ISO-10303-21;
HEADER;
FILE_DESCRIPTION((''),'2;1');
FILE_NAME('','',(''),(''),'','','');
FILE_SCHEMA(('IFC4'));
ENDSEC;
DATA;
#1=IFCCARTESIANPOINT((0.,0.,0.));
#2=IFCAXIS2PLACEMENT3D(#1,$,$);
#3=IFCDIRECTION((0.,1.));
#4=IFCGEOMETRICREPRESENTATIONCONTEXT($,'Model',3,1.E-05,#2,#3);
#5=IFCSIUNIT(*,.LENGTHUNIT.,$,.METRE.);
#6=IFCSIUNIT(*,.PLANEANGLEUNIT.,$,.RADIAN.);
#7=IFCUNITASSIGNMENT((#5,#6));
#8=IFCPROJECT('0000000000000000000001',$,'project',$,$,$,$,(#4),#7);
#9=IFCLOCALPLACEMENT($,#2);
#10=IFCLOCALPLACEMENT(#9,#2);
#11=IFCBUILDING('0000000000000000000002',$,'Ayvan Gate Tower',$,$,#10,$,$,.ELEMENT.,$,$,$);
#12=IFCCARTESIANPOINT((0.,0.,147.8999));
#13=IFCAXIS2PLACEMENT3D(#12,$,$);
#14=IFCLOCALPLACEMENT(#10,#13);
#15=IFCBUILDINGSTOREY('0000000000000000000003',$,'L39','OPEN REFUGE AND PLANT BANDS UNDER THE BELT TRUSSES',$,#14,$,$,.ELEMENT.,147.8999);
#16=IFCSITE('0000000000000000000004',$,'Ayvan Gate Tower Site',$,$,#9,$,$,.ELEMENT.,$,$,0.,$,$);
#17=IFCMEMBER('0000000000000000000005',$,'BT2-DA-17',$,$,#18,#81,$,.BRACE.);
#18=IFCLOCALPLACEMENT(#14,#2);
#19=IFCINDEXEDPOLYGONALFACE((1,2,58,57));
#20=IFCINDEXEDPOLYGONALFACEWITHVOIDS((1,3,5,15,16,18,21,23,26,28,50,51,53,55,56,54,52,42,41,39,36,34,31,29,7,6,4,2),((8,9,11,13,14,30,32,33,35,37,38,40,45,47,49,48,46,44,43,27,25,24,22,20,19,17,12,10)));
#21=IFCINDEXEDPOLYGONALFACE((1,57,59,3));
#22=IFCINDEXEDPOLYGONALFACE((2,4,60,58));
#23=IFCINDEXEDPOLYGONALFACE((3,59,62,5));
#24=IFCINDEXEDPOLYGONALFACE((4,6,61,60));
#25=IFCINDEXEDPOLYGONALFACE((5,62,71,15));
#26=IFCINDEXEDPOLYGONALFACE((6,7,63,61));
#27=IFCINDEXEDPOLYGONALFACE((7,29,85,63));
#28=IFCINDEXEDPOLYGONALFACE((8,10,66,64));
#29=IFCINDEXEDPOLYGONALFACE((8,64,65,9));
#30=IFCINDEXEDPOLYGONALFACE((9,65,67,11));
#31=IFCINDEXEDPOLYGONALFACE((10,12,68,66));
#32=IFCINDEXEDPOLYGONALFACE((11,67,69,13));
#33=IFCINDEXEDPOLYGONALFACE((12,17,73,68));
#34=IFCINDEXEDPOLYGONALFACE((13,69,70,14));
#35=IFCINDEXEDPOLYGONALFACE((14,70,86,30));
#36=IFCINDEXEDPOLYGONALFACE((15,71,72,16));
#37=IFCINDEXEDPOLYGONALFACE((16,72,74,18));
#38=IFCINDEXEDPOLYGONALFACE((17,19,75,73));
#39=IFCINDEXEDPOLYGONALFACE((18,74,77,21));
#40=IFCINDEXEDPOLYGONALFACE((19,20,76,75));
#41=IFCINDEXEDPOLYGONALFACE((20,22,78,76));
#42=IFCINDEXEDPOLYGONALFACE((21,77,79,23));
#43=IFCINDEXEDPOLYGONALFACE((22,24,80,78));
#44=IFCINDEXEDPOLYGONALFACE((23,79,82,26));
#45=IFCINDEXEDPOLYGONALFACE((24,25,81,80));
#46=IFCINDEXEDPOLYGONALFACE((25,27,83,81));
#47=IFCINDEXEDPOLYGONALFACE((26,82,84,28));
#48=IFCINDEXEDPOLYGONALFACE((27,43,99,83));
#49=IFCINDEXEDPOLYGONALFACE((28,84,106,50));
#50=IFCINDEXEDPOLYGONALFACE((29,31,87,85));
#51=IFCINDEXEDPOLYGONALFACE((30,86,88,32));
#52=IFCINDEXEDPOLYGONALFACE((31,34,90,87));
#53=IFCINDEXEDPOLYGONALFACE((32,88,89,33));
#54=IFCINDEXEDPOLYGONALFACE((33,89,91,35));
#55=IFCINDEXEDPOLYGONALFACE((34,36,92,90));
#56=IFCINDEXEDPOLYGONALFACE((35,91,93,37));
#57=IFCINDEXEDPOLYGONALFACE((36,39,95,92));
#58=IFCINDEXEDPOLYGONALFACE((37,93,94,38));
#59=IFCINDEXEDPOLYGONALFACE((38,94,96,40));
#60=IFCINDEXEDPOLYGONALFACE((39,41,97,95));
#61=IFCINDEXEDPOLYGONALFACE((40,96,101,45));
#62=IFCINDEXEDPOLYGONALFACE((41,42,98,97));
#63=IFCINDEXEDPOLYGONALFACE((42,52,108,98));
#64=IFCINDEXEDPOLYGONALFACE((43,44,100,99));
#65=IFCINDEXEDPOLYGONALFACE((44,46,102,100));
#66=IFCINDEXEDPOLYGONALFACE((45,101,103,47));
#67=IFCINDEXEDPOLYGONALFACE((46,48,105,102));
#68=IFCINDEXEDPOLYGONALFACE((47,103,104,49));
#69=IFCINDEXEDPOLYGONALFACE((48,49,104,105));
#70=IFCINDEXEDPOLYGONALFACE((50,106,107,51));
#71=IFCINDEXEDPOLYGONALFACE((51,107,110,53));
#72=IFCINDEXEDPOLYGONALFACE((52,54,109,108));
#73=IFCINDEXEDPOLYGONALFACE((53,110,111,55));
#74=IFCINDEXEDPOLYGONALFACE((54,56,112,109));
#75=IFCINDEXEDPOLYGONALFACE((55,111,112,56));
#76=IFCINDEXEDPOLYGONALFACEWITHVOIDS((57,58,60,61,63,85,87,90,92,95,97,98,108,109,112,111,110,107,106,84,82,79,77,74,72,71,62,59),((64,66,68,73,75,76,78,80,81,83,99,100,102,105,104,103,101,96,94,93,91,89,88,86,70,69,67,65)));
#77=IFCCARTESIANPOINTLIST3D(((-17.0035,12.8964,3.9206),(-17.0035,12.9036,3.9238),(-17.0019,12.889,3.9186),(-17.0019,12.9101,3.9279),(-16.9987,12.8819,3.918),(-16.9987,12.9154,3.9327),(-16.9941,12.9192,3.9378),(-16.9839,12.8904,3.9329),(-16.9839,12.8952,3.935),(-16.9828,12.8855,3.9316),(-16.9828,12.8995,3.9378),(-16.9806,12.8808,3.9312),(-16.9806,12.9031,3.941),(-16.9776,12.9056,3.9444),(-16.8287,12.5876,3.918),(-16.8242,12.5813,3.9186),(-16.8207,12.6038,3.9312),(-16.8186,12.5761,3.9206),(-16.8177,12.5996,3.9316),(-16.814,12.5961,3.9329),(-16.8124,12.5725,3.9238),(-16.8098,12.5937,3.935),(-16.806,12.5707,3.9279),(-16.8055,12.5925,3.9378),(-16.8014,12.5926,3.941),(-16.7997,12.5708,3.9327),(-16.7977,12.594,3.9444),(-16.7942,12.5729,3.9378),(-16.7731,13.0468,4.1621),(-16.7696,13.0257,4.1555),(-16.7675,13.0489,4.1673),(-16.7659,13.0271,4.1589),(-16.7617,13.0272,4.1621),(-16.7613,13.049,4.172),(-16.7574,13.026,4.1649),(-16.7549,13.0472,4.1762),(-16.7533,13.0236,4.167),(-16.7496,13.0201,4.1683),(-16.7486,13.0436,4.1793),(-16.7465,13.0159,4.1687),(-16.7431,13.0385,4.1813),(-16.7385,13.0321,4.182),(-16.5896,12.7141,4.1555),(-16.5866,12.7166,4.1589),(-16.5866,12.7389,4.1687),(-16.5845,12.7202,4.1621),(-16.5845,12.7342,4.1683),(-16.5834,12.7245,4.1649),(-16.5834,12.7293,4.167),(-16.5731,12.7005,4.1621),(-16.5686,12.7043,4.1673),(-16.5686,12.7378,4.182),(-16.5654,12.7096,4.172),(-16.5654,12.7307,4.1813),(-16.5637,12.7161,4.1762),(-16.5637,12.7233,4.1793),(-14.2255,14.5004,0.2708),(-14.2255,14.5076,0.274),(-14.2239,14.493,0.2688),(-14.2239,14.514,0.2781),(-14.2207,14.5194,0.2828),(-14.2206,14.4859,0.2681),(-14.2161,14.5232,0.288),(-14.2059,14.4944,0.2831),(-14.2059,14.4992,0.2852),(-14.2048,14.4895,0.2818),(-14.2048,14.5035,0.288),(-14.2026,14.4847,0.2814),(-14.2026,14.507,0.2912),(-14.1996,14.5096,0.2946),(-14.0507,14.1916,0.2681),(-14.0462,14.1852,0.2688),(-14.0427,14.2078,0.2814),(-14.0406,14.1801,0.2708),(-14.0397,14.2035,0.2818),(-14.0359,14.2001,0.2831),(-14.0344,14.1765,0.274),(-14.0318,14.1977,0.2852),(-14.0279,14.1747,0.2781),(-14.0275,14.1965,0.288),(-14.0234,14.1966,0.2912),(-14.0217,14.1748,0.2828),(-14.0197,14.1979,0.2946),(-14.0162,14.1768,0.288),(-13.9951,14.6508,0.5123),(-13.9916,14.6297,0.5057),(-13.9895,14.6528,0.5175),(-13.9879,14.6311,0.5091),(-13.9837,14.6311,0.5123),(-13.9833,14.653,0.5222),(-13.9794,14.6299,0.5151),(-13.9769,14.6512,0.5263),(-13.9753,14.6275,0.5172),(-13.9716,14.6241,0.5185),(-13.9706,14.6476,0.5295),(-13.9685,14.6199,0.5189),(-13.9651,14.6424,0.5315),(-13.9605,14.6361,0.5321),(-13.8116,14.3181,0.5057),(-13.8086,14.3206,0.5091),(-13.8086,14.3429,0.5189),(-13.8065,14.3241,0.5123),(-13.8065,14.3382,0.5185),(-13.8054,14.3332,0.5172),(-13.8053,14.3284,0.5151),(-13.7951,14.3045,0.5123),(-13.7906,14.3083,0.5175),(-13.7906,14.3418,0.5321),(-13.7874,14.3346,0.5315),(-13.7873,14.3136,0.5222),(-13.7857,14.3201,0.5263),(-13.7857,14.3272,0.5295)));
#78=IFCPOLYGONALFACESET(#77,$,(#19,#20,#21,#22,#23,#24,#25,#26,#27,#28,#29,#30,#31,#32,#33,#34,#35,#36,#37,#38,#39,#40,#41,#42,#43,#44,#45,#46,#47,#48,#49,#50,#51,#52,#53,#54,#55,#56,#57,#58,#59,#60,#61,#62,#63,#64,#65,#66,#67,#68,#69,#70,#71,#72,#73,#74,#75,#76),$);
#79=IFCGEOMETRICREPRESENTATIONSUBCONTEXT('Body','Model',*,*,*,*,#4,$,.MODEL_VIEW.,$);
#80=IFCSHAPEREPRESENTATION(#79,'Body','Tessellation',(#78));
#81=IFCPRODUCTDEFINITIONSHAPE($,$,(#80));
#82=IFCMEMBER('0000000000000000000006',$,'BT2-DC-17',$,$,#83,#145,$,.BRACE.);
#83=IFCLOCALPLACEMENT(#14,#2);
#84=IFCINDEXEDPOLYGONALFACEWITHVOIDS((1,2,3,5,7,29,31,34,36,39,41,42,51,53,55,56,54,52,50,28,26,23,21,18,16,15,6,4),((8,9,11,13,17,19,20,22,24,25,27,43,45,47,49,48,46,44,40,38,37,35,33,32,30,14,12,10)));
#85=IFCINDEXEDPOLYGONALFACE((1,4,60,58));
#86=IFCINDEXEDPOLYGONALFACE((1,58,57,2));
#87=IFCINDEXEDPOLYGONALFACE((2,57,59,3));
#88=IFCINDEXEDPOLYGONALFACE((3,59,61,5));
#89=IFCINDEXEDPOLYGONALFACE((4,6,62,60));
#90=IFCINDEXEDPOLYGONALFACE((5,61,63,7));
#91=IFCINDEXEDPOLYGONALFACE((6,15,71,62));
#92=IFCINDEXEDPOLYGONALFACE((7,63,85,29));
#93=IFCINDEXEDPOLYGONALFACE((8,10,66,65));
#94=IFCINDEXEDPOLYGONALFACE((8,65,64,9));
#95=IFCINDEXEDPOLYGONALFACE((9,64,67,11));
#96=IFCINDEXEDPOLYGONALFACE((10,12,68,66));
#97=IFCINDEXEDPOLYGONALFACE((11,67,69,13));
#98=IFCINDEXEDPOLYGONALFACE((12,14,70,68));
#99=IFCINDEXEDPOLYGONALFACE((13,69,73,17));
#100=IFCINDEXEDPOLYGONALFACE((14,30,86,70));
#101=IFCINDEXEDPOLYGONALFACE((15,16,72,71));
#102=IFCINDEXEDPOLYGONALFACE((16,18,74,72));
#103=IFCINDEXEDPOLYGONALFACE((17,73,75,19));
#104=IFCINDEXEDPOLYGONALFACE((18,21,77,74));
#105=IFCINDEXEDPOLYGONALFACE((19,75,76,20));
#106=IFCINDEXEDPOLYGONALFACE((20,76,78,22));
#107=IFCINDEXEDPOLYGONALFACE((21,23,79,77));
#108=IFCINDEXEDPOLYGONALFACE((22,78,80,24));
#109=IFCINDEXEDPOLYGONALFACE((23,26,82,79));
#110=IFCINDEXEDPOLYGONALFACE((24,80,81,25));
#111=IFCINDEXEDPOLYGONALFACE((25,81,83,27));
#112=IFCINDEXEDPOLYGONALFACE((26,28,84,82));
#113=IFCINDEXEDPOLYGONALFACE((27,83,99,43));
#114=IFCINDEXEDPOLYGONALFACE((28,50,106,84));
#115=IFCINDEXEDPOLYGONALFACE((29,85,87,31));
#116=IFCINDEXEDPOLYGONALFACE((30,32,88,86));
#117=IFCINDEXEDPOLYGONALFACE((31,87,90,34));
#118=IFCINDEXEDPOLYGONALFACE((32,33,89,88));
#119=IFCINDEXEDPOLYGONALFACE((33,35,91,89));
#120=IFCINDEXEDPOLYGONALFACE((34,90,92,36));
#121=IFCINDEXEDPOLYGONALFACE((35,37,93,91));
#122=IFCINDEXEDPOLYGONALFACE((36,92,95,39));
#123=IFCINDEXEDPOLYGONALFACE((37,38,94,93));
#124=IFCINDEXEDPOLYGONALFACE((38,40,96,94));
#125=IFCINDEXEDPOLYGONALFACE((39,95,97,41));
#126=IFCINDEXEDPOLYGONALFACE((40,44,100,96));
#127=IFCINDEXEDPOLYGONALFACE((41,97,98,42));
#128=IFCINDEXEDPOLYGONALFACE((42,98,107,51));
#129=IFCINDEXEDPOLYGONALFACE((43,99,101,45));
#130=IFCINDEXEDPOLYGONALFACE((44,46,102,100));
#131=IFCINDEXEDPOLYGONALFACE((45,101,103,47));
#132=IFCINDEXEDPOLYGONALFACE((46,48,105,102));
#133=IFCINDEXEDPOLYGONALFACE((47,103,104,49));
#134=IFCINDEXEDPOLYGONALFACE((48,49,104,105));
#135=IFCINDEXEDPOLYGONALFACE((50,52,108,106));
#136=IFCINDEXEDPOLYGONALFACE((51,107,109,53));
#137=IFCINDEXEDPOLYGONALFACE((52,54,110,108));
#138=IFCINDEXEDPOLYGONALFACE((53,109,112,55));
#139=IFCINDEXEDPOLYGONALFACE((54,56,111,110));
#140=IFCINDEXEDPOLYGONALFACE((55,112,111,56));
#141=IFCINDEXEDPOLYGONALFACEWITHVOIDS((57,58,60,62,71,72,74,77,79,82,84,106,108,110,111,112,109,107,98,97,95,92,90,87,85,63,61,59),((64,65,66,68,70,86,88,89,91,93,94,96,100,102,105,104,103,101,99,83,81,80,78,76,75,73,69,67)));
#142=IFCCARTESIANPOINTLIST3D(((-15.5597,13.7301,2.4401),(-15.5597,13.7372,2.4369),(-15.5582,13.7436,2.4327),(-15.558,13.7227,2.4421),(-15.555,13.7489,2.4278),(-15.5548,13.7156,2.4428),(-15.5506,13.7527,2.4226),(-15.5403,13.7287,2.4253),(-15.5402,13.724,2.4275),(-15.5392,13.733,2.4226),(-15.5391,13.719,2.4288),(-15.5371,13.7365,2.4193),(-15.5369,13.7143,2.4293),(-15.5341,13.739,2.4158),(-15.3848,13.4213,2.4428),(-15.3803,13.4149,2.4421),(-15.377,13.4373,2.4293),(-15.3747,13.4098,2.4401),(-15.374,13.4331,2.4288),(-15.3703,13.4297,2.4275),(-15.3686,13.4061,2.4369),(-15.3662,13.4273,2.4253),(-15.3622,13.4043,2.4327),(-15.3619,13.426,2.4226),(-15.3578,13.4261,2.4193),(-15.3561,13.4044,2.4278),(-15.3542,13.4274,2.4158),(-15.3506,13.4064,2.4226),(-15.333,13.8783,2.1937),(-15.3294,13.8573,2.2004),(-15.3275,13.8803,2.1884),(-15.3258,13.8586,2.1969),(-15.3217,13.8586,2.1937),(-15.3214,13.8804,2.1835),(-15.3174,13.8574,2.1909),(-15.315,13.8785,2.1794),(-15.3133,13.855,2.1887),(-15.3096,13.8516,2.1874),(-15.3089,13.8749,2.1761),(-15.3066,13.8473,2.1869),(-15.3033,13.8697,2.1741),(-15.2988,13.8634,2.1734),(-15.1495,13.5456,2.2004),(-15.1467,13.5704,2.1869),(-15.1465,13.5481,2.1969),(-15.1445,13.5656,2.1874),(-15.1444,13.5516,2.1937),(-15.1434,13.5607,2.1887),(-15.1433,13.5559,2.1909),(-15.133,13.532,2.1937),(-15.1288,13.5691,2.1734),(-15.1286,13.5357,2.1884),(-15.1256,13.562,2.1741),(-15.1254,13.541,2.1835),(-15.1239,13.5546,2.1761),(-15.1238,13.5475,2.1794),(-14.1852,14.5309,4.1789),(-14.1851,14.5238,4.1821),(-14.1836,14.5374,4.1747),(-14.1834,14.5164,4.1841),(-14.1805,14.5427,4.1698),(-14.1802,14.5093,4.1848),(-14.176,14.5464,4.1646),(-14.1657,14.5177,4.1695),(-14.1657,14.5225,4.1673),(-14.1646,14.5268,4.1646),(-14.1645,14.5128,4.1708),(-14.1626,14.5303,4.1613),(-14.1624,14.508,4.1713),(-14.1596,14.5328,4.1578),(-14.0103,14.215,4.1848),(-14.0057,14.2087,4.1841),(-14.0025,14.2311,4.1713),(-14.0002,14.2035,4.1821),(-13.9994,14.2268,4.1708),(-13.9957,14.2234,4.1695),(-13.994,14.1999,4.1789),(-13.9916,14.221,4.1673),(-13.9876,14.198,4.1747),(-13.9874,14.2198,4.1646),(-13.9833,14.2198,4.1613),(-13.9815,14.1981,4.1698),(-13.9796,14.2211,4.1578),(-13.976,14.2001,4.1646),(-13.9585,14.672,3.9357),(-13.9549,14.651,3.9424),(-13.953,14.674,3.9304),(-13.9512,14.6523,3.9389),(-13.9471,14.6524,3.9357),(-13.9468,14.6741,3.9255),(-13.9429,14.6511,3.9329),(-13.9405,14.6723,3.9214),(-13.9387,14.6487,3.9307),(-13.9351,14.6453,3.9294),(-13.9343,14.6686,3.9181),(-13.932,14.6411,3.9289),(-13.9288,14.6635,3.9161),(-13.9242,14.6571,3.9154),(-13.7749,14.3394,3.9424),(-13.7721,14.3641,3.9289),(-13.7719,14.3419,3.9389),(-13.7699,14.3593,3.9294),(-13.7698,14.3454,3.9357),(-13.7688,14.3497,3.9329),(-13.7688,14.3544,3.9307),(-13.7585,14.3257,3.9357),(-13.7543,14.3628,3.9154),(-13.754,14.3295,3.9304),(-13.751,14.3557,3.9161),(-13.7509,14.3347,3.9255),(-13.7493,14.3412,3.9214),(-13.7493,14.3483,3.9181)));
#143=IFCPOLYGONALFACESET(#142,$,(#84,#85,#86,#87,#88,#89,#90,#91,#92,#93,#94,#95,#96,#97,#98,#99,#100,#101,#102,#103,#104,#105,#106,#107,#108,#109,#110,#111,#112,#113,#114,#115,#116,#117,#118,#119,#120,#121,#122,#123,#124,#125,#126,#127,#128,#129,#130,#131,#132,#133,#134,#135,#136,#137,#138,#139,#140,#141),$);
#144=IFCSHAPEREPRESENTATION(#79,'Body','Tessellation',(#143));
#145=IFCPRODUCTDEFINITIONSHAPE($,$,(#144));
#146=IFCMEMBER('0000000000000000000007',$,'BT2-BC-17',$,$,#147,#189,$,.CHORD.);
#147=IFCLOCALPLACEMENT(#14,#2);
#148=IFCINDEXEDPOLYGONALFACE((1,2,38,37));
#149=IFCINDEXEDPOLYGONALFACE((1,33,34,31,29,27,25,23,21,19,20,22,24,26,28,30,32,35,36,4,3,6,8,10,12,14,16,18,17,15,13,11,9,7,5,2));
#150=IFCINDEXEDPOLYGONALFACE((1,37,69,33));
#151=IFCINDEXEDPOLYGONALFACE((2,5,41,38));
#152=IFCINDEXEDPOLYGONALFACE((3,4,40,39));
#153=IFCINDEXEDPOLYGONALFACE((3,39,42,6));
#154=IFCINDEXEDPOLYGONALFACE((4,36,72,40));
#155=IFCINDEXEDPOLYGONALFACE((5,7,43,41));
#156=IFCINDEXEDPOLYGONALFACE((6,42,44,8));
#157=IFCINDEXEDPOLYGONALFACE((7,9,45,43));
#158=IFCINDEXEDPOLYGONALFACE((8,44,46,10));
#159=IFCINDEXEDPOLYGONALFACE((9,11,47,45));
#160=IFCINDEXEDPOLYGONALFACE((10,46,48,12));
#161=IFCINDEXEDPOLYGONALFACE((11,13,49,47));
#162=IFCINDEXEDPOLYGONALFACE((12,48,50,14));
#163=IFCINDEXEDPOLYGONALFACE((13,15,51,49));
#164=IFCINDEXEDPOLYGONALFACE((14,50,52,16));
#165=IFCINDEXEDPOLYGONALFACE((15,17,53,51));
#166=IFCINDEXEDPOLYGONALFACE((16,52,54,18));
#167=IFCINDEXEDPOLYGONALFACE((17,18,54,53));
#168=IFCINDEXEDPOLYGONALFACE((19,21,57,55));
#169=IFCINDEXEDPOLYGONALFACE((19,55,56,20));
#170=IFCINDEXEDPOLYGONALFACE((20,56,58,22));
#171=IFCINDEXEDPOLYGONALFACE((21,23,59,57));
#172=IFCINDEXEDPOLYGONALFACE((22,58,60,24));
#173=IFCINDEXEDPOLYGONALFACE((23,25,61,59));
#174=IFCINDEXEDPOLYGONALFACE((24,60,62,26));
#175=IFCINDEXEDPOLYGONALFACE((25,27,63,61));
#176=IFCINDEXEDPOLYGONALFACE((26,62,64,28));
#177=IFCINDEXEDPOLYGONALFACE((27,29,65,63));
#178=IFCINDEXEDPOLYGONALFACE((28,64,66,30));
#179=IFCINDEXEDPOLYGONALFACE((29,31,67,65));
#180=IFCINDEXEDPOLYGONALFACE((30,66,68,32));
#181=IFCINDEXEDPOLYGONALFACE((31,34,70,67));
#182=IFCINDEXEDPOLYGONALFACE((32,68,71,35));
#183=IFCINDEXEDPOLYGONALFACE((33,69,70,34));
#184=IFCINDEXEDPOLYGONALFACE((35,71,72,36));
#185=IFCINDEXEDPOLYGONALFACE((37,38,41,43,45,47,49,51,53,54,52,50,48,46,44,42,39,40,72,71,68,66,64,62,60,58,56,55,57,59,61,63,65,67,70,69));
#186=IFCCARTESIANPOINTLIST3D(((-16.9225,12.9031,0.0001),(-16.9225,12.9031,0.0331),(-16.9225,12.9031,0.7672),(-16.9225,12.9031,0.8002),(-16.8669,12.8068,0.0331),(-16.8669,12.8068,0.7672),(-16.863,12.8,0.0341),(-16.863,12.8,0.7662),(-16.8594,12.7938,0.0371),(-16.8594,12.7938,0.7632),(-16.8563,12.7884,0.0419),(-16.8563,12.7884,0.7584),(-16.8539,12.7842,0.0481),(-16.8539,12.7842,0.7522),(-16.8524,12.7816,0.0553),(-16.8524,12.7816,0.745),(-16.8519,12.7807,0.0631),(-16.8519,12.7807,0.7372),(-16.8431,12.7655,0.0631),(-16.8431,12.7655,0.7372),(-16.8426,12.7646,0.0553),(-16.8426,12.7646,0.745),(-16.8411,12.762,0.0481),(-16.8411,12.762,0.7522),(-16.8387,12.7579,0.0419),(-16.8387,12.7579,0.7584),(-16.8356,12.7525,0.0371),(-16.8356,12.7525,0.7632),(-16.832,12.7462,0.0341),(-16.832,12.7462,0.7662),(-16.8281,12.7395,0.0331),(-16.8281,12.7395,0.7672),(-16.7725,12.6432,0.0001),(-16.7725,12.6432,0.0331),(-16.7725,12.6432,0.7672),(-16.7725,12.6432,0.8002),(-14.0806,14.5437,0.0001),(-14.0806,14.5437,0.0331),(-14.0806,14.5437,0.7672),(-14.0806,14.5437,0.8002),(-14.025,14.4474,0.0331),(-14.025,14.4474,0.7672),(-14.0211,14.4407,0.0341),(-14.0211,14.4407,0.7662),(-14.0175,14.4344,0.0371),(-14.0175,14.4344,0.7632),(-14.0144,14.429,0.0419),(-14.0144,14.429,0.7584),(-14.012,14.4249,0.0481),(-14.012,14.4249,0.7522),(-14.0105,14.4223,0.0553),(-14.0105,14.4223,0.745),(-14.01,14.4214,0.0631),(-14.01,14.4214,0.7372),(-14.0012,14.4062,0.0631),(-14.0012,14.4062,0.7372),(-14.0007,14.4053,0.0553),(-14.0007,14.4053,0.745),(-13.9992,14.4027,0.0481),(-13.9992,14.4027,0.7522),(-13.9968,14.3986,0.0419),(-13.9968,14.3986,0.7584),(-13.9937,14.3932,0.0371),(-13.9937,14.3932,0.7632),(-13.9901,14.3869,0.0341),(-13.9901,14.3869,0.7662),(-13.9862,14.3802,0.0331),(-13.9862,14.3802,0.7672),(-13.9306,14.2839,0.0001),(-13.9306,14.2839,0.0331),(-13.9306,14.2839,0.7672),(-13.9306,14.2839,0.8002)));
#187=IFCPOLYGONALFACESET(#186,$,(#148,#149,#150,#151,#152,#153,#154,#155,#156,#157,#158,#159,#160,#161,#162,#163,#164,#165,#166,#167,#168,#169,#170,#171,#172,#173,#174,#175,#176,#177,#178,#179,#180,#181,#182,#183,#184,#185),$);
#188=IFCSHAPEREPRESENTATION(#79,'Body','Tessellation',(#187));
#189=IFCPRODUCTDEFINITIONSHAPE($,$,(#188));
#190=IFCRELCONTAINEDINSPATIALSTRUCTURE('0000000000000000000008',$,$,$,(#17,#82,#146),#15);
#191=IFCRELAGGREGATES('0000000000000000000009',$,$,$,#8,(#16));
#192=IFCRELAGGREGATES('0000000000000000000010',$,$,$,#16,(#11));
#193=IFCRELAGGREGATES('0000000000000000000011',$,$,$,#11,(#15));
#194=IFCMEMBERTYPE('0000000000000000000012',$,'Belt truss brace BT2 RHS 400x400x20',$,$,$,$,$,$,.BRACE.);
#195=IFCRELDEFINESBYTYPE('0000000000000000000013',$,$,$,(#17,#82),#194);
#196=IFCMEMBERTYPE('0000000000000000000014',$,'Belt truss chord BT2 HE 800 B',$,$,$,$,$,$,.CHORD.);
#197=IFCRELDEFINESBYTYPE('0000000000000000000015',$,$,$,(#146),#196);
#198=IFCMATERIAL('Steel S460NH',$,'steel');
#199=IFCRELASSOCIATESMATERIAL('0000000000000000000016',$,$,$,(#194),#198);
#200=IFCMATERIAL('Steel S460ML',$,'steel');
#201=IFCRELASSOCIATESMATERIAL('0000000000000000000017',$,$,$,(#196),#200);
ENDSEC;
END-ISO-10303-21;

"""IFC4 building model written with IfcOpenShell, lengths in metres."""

from ifc_helpers import new_model, si_unit, direction, frame, origin, origin_2d, place, context, subcontext, project, spatial, hollow_rectangle, i_section, extrude, material, material_profile, profile_set, type_object, element, save


model = new_model("IFC4")

# Units and contexts
model_context = context("Model", 3, precision=1e-05, world=origin(), true_north=direction((0.0, 1.0)))
body_context = subcontext(model_context, "Body", "Model", "MODEL_VIEW")
ifc_project = project(units=[si_unit("LENGTHUNIT", "METRE"), si_unit("PLANEANGLEUNIT", "RADIAN")], contexts=[model_context])

# Site, building, storey
site_placement = place(None, origin())
site = spatial("IfcSite", under=ifc_project, at=site_placement, Name="Ayvan Gate Tower Site", CompositionType="ELEMENT", RefElevation=0.0)
building_placement = place(site_placement, origin())
building = spatial("IfcBuilding", under=site, at=building_placement, Name="Ayvan Gate Tower", CompositionType="ELEMENT")
storey_placement = place(building_placement, frame((0.0, 0.0, 147.8999)))
storey = spatial("IfcBuildingStorey", under=building, at=storey_placement, Name="L39", Description="OPEN REFUGE AND PLANT BANDS UNDER THE BELT TRUSSES", CompositionType="ELEMENT", Elevation=147.8999)

# Members
ifc_material_1 = material(Name="Steel S460NH", Category="steel")
ifc_material_profile_1 = material_profile(ifc_material_1, hollow_rectangle(XDim=0.3999, YDim=0.3999, WallThickness=0.02, InnerFilletRadius=0.02, OuterFilletRadius=0.03, at=origin_2d()), Name="RHS 400x400x20")
ifc_profile_set_1 = profile_set([ifc_material_profile_1], Name="Steel S460NH")
member_type_1 = type_object("IfcMemberType", Name="Belt truss brace BT2 RHS 400x400x20", PredefinedType="BRACE", material=ifc_profile_set_1)
member_1_placement = place(storey_placement, frame((-14.0056, 14.4138, 0.4001), z_axis=(-0.571709, -0.330093, 0.751124), x_axis=(0.500019, -0.866014, 0.0)))
element("IfcMember", 1, at=member_1_placement, inside=storey, type_object=member_type_1, Name="BT2-DA-17", PredefinedType="BRACE", context=body_context, shape_type="SweptSolid", body=[
    extrude(hollow_rectangle(XDim=0.3999, YDim=0.3999, WallThickness=0.02, InnerFilletRadius=0.02, OuterFilletRadius=0.03, at=origin_2d()), origin(), (0.0, 0.0, 1.0), 4.8591),
])
member_2_placement = place(storey_placement, frame((-15.3418, 13.6423, 2.3081), z_axis=(0.583258, 0.336798, 0.739173), x_axis=(-0.50006, 0.865991, 0.0)))
element("IfcMember", 2, at=member_2_placement, inside=storey, type_object=member_type_1, Name="BT2-DC-17", PredefinedType="BRACE", context=body_context, shape_type="SweptSolid", body=[
    extrude(hollow_rectangle(XDim=0.3999, YDim=0.3999, WallThickness=0.02, InnerFilletRadius=0.02, OuterFilletRadius=0.03, at=origin_2d()), origin(), (0.0, 0.0, 1.0), 2.3567),
])
ifc_material_2 = material(Name="Steel S460ML", Category="steel")
ifc_material_profile_2 = material_profile(ifc_material_2, i_section(OverallWidth=0.3, OverallDepth=0.8, WebThickness=0.0176, FlangeThickness=0.033, FilletRadius=0.03, at=origin_2d()), Name="HE 800 B")
ifc_profile_set_2 = profile_set([ifc_material_profile_2], Name="Steel S460ML")
member_type_2 = type_object("IfcMemberType", Name="Belt truss chord BT2 HE 800 B", PredefinedType="CHORD", material=ifc_profile_set_2)
member_3_placement = place(storey_placement, frame((-14.0056, 14.4138, 0.4001), z_axis=(-0.866037, -0.49998, 0.0), x_axis=(0.49998, -0.866037, 0.0)))
element("IfcMember", 3, at=member_3_placement, inside=storey, type_object=member_type_2, Name="BT2-BC-17", PredefinedType="CHORD", context=body_context, shape_type="SweptSolid", body=[
    extrude(i_section(OverallWidth=0.3, OverallDepth=0.8, WebThickness=0.0176, FlangeThickness=0.033, FilletRadius=0.03, at=origin_2d()), origin(), (0.0, 0.0, 1.0), 3.2815),
])

save(model, "model.ifc")
